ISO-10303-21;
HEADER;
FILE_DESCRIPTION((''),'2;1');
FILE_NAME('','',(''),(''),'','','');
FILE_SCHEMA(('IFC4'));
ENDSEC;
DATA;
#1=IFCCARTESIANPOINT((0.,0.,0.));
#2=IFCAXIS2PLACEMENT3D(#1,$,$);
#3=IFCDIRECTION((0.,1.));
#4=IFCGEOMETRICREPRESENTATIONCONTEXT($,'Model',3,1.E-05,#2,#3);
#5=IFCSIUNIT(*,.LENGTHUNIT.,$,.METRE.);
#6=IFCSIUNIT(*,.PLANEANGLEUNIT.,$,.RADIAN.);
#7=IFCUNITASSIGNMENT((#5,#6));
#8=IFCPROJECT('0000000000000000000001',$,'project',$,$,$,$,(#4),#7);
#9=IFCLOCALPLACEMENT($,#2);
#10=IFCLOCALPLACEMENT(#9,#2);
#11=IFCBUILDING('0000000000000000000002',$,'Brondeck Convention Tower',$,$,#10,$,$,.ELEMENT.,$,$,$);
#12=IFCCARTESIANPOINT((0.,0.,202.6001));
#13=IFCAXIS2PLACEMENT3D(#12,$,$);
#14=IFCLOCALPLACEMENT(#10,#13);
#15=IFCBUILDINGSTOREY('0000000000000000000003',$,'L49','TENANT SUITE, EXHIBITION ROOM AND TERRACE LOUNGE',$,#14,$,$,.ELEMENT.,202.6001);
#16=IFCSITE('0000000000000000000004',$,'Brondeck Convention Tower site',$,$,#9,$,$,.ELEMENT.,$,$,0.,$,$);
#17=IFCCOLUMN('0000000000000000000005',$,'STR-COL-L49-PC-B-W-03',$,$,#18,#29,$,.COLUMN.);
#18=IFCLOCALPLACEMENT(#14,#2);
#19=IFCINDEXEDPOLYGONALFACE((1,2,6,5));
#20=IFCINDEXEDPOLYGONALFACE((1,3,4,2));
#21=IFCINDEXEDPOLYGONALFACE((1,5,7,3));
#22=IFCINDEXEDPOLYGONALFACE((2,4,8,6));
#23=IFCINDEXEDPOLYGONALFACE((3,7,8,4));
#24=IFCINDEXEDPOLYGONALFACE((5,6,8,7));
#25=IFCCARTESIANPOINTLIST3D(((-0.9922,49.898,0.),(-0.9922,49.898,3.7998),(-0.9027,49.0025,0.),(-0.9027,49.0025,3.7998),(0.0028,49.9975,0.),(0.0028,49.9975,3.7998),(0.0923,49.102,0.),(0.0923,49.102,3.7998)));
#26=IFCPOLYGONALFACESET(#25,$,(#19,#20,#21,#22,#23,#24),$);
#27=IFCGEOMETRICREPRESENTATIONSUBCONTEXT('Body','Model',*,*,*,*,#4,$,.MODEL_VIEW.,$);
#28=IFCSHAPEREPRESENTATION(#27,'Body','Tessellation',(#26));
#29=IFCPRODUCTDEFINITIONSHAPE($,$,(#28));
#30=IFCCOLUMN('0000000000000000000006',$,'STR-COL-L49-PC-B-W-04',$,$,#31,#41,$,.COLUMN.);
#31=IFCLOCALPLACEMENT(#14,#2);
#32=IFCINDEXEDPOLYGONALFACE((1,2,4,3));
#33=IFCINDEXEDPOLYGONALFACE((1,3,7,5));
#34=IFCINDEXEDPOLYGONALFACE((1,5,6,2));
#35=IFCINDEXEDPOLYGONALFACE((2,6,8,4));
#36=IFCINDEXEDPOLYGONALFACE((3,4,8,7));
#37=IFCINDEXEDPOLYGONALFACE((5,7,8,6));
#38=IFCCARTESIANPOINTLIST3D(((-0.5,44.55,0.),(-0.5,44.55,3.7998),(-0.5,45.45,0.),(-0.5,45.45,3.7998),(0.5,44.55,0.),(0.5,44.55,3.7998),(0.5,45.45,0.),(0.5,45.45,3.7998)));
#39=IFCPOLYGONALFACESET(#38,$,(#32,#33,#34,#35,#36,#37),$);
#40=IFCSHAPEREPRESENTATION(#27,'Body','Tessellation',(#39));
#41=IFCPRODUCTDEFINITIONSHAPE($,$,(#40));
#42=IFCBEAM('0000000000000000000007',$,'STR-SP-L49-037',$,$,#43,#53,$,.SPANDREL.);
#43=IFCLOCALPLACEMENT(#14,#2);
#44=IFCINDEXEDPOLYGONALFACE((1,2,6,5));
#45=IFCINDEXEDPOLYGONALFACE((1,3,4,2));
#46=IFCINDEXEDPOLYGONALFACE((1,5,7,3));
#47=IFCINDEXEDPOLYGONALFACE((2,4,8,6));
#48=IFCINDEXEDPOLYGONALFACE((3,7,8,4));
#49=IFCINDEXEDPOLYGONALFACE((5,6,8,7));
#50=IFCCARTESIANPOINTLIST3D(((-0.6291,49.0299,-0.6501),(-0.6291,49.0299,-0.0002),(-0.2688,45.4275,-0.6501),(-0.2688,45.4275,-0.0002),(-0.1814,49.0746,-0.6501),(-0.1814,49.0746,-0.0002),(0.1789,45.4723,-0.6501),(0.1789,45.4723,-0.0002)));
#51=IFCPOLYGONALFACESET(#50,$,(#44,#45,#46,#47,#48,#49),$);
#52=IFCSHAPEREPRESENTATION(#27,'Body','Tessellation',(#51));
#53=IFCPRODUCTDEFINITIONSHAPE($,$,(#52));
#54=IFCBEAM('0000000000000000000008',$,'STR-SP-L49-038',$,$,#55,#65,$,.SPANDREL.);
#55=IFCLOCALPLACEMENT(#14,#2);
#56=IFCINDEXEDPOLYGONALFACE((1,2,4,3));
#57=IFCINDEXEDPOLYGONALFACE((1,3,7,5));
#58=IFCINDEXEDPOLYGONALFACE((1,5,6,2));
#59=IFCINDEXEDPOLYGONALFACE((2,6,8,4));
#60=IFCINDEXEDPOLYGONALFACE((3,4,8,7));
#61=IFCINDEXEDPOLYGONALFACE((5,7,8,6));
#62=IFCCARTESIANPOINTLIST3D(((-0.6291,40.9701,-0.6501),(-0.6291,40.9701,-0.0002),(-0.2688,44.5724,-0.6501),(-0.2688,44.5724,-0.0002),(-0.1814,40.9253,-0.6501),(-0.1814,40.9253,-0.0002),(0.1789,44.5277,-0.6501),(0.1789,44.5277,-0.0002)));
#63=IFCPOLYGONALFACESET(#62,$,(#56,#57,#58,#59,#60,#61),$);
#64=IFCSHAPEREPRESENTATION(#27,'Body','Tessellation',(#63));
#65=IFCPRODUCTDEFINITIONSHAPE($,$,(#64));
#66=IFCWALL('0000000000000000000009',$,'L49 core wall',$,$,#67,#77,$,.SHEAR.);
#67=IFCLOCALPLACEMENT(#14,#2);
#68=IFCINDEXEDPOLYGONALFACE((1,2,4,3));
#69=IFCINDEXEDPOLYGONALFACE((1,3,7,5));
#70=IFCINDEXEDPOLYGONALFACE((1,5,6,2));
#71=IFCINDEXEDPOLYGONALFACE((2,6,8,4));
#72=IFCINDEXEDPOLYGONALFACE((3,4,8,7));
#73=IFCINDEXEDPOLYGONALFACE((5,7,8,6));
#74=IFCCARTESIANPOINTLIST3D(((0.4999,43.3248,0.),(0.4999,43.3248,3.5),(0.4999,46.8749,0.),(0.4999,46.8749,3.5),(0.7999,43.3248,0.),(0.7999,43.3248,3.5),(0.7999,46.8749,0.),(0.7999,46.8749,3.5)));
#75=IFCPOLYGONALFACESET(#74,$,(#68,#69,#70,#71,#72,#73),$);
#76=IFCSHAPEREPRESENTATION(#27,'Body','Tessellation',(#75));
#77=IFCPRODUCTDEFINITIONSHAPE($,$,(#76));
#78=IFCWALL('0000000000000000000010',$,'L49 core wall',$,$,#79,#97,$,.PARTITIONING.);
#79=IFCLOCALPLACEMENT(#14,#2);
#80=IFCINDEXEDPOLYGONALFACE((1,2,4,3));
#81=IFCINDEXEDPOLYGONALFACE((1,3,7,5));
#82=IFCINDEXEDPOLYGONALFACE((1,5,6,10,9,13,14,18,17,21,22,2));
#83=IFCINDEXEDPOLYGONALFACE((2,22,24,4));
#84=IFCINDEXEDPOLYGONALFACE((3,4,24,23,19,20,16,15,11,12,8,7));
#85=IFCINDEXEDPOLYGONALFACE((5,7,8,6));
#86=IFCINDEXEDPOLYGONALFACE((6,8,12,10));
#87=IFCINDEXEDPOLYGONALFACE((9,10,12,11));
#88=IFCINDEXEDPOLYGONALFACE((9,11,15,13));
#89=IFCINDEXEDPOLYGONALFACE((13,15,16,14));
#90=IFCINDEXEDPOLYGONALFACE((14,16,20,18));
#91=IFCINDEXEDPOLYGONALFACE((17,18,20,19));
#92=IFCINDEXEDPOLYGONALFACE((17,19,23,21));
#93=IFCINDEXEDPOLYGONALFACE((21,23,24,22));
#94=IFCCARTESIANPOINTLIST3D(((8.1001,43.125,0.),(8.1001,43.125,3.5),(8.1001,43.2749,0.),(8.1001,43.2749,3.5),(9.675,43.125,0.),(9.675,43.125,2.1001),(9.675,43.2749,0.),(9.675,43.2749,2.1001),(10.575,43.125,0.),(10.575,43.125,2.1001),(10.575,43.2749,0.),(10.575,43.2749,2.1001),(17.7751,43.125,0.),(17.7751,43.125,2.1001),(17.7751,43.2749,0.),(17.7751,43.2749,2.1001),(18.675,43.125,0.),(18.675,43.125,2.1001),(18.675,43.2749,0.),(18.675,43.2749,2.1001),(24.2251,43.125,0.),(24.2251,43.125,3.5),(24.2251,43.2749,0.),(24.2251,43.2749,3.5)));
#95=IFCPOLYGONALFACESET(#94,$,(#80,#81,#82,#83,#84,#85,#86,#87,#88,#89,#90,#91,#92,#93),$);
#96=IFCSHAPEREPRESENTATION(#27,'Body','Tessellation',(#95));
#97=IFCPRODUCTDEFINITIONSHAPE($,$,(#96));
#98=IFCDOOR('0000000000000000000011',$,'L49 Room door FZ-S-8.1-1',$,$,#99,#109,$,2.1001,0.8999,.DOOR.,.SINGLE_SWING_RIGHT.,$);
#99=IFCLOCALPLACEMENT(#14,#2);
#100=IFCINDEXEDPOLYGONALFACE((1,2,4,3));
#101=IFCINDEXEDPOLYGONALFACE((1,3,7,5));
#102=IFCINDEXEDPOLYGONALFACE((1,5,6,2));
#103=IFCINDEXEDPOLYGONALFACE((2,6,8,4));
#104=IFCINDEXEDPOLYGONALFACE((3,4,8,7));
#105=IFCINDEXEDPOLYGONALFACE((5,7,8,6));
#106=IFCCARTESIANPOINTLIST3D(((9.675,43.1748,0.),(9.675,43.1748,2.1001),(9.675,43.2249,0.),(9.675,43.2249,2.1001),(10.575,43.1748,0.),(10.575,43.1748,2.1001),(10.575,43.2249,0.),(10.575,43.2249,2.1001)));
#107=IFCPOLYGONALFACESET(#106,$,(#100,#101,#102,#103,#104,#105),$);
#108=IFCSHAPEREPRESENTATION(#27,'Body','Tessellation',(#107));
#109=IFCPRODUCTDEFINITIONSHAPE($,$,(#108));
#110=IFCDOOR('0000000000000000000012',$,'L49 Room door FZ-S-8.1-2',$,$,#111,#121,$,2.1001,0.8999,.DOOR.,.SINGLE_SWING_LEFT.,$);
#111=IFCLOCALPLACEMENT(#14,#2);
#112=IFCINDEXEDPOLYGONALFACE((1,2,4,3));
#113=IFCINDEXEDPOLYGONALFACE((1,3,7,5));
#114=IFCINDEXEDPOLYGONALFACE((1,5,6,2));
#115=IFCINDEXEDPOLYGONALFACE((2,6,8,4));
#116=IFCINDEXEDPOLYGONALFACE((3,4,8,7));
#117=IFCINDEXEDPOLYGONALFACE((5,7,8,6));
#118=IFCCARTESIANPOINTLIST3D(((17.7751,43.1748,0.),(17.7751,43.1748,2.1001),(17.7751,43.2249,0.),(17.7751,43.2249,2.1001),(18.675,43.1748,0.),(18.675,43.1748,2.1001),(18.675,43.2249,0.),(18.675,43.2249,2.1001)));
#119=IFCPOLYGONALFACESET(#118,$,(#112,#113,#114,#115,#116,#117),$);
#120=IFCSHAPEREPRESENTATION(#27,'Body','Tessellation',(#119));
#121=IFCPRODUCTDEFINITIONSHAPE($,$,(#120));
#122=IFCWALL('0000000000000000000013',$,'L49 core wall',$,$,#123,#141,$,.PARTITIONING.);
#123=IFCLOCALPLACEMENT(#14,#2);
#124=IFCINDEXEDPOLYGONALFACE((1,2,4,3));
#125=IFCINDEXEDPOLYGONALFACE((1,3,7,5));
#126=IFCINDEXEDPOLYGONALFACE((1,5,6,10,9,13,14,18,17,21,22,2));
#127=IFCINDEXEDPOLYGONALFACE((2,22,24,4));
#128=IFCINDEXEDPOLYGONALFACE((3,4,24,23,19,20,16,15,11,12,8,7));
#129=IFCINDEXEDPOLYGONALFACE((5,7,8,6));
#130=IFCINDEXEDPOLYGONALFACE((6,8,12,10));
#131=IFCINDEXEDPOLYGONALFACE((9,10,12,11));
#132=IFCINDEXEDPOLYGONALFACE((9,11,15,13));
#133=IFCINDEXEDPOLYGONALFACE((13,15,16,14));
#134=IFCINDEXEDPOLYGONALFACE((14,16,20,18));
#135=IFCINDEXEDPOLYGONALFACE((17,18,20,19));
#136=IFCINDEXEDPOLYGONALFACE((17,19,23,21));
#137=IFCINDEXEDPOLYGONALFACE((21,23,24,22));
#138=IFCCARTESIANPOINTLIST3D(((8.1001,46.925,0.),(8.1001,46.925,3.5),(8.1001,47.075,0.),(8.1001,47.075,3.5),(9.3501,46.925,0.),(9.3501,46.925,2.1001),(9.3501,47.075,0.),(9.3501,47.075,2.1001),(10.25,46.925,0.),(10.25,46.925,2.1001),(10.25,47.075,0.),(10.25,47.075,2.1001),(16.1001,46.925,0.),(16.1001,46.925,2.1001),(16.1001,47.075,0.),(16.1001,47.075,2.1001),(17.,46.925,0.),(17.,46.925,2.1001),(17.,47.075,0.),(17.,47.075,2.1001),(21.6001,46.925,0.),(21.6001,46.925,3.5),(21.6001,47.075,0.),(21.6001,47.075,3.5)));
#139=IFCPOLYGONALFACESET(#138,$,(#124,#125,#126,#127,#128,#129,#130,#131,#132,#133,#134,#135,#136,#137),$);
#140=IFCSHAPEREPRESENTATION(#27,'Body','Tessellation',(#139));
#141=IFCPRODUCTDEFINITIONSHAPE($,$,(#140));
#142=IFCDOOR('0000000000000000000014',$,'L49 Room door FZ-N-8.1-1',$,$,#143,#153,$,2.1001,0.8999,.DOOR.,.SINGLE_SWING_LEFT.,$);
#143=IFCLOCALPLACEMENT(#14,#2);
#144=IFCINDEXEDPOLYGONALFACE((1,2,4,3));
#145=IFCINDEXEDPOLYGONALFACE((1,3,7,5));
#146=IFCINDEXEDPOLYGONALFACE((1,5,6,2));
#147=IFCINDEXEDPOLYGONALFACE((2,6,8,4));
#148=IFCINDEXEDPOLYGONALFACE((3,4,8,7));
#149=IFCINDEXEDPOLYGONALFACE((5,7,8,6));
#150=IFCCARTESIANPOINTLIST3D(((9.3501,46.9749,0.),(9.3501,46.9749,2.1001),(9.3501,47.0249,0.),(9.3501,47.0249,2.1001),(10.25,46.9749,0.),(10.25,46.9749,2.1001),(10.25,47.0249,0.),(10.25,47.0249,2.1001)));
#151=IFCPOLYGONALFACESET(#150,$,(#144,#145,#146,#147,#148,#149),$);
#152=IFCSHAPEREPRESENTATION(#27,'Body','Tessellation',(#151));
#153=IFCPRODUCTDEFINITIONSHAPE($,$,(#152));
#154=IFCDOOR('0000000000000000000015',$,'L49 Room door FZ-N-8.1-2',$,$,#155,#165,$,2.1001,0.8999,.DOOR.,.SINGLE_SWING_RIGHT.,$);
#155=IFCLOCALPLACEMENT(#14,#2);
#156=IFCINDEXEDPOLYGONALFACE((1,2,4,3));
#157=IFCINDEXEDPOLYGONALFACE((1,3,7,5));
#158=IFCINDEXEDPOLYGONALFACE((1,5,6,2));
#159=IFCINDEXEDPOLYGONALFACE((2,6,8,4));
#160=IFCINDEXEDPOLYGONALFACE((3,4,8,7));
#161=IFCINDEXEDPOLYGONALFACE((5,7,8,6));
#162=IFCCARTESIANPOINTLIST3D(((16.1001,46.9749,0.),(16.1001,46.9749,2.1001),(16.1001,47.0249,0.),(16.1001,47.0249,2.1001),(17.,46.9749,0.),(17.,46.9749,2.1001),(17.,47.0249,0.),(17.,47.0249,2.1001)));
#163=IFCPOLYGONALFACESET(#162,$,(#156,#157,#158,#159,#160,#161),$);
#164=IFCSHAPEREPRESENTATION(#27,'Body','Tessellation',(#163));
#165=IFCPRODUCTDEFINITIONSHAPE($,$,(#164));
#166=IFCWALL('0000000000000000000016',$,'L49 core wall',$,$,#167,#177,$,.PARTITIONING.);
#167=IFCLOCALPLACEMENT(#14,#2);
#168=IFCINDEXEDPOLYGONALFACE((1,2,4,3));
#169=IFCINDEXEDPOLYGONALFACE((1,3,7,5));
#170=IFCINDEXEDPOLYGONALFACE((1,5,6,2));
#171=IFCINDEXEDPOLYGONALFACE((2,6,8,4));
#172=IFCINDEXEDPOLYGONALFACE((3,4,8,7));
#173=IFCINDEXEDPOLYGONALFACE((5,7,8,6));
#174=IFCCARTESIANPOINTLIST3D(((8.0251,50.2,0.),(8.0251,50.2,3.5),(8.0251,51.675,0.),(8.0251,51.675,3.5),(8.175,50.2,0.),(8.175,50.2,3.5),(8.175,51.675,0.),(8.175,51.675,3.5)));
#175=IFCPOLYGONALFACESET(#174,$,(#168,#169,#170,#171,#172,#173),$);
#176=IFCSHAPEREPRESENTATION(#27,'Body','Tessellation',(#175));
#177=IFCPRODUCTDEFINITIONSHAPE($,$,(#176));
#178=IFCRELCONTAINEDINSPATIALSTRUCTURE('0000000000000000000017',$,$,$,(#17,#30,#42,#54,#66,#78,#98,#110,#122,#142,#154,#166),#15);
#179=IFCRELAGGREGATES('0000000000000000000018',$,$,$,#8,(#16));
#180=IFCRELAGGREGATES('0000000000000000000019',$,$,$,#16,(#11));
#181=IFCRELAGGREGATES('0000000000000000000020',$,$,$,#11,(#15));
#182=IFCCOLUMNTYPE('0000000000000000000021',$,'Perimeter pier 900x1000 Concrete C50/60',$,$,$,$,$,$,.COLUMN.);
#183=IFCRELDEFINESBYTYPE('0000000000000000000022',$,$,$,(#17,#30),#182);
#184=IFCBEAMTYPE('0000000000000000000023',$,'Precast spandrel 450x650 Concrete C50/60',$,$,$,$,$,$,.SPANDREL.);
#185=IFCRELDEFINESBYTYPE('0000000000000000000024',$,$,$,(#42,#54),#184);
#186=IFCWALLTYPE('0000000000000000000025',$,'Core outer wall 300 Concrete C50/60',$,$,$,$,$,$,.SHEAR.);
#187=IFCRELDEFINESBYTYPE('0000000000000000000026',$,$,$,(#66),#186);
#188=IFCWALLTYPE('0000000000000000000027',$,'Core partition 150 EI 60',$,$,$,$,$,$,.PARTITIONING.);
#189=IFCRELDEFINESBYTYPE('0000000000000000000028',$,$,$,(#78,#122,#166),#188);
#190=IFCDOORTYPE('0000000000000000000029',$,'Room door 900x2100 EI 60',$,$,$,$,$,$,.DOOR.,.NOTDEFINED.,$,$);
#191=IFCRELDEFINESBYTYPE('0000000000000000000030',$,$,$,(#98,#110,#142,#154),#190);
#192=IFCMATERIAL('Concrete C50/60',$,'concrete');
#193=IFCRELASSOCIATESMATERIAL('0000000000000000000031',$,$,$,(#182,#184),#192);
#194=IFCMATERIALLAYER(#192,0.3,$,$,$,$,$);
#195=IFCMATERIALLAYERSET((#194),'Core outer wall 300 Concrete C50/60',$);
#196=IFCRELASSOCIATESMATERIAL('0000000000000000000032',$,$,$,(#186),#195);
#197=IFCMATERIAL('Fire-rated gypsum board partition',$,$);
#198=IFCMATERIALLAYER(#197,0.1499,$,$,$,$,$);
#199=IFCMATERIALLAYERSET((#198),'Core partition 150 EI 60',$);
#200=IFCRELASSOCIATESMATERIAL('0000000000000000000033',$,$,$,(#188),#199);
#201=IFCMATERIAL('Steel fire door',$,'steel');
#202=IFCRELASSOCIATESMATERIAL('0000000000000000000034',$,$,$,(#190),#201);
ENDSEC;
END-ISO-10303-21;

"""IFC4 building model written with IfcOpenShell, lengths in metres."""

from ifc_helpers import new_model, si_unit, direction, frame, frame_2d, origin, origin_2d, place, context, subcontext, project, spatial, rectangle, extrude, material, layer, layer_set, material_profile, profile_set, type_object, element, fill, save


model = new_model("IFC4")

# Units and contexts
model_context = context("Model", 3, precision=1e-05, world=origin(), true_north=direction((0.0, 1.0)))
body_context = subcontext(model_context, "Body", "Model", "MODEL_VIEW")
ifc_project = project(units=[si_unit("LENGTHUNIT", "METRE"), si_unit("PLANEANGLEUNIT", "RADIAN")], contexts=[model_context])

# Site, building, storey
site_placement = place(None, origin())
site = spatial("IfcSite", under=ifc_project, at=site_placement, Name="Brondeck Convention Tower site", CompositionType="ELEMENT", RefElevation=0.0)
building_placement = place(site_placement, origin())
building = spatial("IfcBuilding", under=site, at=building_placement, Name="Brondeck Convention Tower", CompositionType="ELEMENT")
storey_placement = place(building_placement, frame((0.0, 0.0, 202.6001)))
storey = spatial("IfcBuildingStorey", under=building, at=storey_placement, Name="L49", Description="TENANT SUITE, EXHIBITION ROOM AND TERRACE LOUNGE", CompositionType="ELEMENT", Elevation=202.6001)

# Columns
ifc_material_1 = material(Name="Concrete C50/60", Category="concrete")
ifc_material_profile_1 = material_profile(ifc_material_1, rectangle(XDim=0.8999, YDim=1.0, at=origin_2d()), Name="Perimeter pier 900x1000 Concrete C50/60")
ifc_profile_set_1 = profile_set([ifc_material_profile_1], Name="Concrete C50/60")
column_type = type_object("IfcColumnType", Name="Perimeter pier 900x1000 Concrete C50/60", PredefinedType="COLUMN", material=ifc_profile_set_1)
for number, where, z_axis, x_axis, name in (
    (1, (-0.45, 49.5, 0.0), (0.0, 0.0, 1.0), (0.099504, -0.995037, 0.0), "STR-COL-L49-PC-B-W-03"),
    (2, (0.0, 45.0, 0.0), (0.0, 0.0, 1.0), (0.0, -1.0, 0.0), "STR-COL-L49-PC-B-W-04"),
):
    element("IfcColumn", number, at=place(storey_placement, frame(where, z_axis=z_axis, x_axis=x_axis)), inside=storey, type_object=column_type, Name=name, PredefinedType="COLUMN", context=body_context, shape_type="SweptSolid", body=[
        extrude(rectangle(XDim=0.8999, YDim=1.0, at=origin_2d()), origin(), (0.0, 0.0, 1.0), 3.7998),
    ])

# Beams
ifc_material_profile_2 = material_profile(ifc_material_1, rectangle(XDim=0.45, YDim=0.6499, at=origin_2d()), Name="Precast spandrel 450x650 Concrete C50/60")
ifc_profile_set_2 = profile_set([ifc_material_profile_2], Name="Concrete C50/60")
beam_type = type_object("IfcBeamType", Name="Precast spandrel 450x650 Concrete C50/60", PredefinedType="SPANDREL", material=ifc_profile_set_2)
for number, where, z_axis, x_axis, name in (
    (3, (-0.4053, 49.0522, -0.3252), (0.099537, -0.995034, 0.0), (0.995034, 0.099537, 0.0), "STR-SP-L49-037"),
    (4, (-0.0449, 44.55, -0.3252), (-0.099537, -0.995034, 0.0), (0.995034, -0.099537, 0.0), "STR-SP-L49-038"),
):
    element("IfcBeam", number, at=place(storey_placement, frame(where, z_axis=z_axis, x_axis=x_axis)), inside=storey, type_object=beam_type, Name=name, PredefinedType="SPANDREL", context=body_context, shape_type="SweptSolid", body=[
        extrude(rectangle(XDim=0.45, YDim=0.6499, at=origin_2d()), origin(), (0.0, 0.0, 1.0), 3.6204),
    ])

# Wall
ifc_layer_1 = layer(ifc_material_1, 0.3)
ifc_layer_set_1 = layer_set([ifc_layer_1], Name="Core outer wall 300 Concrete C50/60")
wall_type_1 = type_object("IfcWallType", Name="Core outer wall 300 Concrete C50/60", PredefinedType="SHEAR", material=ifc_layer_set_1)
wall_1_placement = place(storey_placement, frame((0.6499, 43.325, 0.0), z_axis=(0.0, 0.0, 1.0), x_axis=(0.0, 1.0, 0.0)))
element("IfcWall", 5, at=wall_1_placement, inside=storey, type_object=wall_type_1, Name="L49 core wall", PredefinedType="SHEAR", context=body_context, shape_type="SweptSolid", body=[
    extrude(rectangle(XDim=3.55, YDim=0.3, at=frame_2d((1.7749, 0.0))), origin(), (0.0, 0.0, 1.0), 3.5),
])

# Walls, openings, doors
ifc_material_2 = material(Name="Fire-rated gypsum board partition")
ifc_layer_2 = layer(ifc_material_2, 0.1499)
ifc_layer_set_2 = layer_set([ifc_layer_2], Name="Core partition 150 EI 60")
wall_type_2 = type_object("IfcWallType", Name="Core partition 150 EI 60", PredefinedType="PARTITIONING", material=ifc_layer_set_2)
wall_2_placement = place(storey_placement, frame((8.1001, 43.2, 0.0), z_axis=(0.0, 0.0, 1.0), x_axis=(1.0, 0.0, 0.0)))
wall_2 = element("IfcWall", 6, at=wall_2_placement, inside=storey, type_object=wall_type_2, Name="L49 core wall", PredefinedType="PARTITIONING", context=body_context, shape_type="SweptSolid", body=[
    extrude(rectangle(XDim=16.125, YDim=0.1499, at=frame_2d((8.0625, 0.0))), origin(), (0.0, 0.0, 1.0), 3.5),
])
opening_1_placement = place(wall_2_placement, frame((1.575, 0.0, 0.0)))
opening_1 = element("IfcOpeningElement", 7, at=opening_1_placement, cuts=wall_2, PredefinedType="OPENING", context=body_context, shape_type="SweptSolid", body=[
    extrude(rectangle(XDim=0.8999, YDim=2.1001, at=frame_2d((0.45, 1.05))), frame((0.0, 0.085, 0.0), z_axis=(0.0, -1.0, 0.0), x_axis=(1.0, 0.0, 0.0)), (0.0, 0.0, 1.0), 0.1699),
])
opening_2_placement = place(wall_2_placement, frame((9.675, 0.0, 0.0)))
opening_2 = element("IfcOpeningElement", 8, at=opening_2_placement, cuts=wall_2, PredefinedType="OPENING", context=body_context, shape_type="SweptSolid", body=[
    extrude(rectangle(XDim=0.8999, YDim=2.1001, at=frame_2d((0.45, 1.05))), frame((0.0, 0.085, 0.0), z_axis=(0.0, -1.0, 0.0), x_axis=(1.0, 0.0, 0.0)), (0.0, 0.0, 1.0), 0.1699),
])
ifc_material_3 = material(Name="Steel fire door", Category="steel")
door_type_1 = type_object("IfcDoorType", Name="Room door 900x2100 EI 60", OperationType="NOTDEFINED", PredefinedType="DOOR", material=ifc_material_3)
door_1_placement = place(opening_1_placement, origin())
door_1 = element("IfcDoor", 9, at=door_1_placement, inside=storey, type_object=door_type_1, Name="L49 Room door FZ-S-8.1-1", OperationType="SINGLE_SWING_RIGHT", OverallHeight=2.1001, OverallWidth=0.8999, PredefinedType="DOOR", context=body_context, shape_type="SweptSolid", body=[
    extrude(rectangle(XDim=0.8999, YDim=2.1001, at=frame_2d((0.45, 1.05))), frame((0.0, 0.0249, 0.0), z_axis=(0.0, -1.0, 0.0), x_axis=(1.0, 0.0, 0.0)), (0.0, 0.0, 1.0), 0.05),
])
fill(opening_1, door_1)
door_2_placement = place(opening_2_placement, origin())
door_2 = element("IfcDoor", 10, at=door_2_placement, inside=storey, type_object=door_type_1, Name="L49 Room door FZ-S-8.1-2", OperationType="SINGLE_SWING_LEFT", OverallHeight=2.1001, OverallWidth=0.8999, PredefinedType="DOOR", context=body_context, shape_type="SweptSolid", body=[
    extrude(rectangle(XDim=0.8999, YDim=2.1001, at=frame_2d((0.45, 1.05))), frame((0.0, 0.0249, 0.0), z_axis=(0.0, -1.0, 0.0), x_axis=(1.0, 0.0, 0.0)), (0.0, 0.0, 1.0), 0.05),
])
fill(opening_2, door_2)
wall_3_placement = place(storey_placement, frame((8.1001, 47.0, 0.0), z_axis=(0.0, 0.0, 1.0), x_axis=(1.0, 0.0, 0.0)))
wall_3 = element("IfcWall", 11, at=wall_3_placement, inside=storey, type_object=wall_type_2, Name="L49 core wall", PredefinedType="PARTITIONING", context=body_context, shape_type="SweptSolid", body=[
    extrude(rectangle(XDim=13.5, YDim=0.1499, at=frame_2d((6.75, 0.0))), origin(), (0.0, 0.0, 1.0), 3.5),
])
opening_3_placement = place(wall_3_placement, frame((1.25, 0.0, 0.0)))
opening_3 = element("IfcOpeningElement", 12, at=opening_3_placement, cuts=wall_3, PredefinedType="OPENING", context=body_context, shape_type="SweptSolid", body=[
    extrude(rectangle(XDim=0.8999, YDim=2.1001, at=frame_2d((0.45, 1.05))), frame((0.0, 0.085, 0.0), z_axis=(0.0, -1.0, 0.0), x_axis=(1.0, 0.0, 0.0)), (0.0, 0.0, 1.0), 0.1699),
])
opening_4_placement = place(wall_3_placement, frame((8.0, 0.0, 0.0)))
opening_4 = element("IfcOpeningElement", 13, at=opening_4_placement, cuts=wall_3, PredefinedType="OPENING", context=body_context, shape_type="SweptSolid", body=[
    extrude(rectangle(XDim=0.8999, YDim=2.1001, at=frame_2d((0.45, 1.05))), frame((0.0, 0.085, 0.0), z_axis=(0.0, -1.0, 0.0), x_axis=(1.0, 0.0, 0.0)), (0.0, 0.0, 1.0), 0.1699),
])
door_3_placement = place(opening_3_placement, origin())
door_3 = element("IfcDoor", 14, at=door_3_placement, inside=storey, type_object=door_type_1, Name="L49 Room door FZ-N-8.1-1", OperationType="SINGLE_SWING_LEFT", OverallHeight=2.1001, OverallWidth=0.8999, PredefinedType="DOOR", context=body_context, shape_type="SweptSolid", body=[
    extrude(rectangle(XDim=0.8999, YDim=2.1001, at=frame_2d((0.45, 1.05))), frame((0.0, 0.0249, 0.0), z_axis=(0.0, -1.0, 0.0), x_axis=(1.0, 0.0, 0.0)), (0.0, 0.0, 1.0), 0.05),
])
fill(opening_3, door_3)
door_4_placement = place(opening_4_placement, origin())
door_4 = element("IfcDoor", 15, at=door_4_placement, inside=storey, type_object=door_type_1, Name="L49 Room door FZ-N-8.1-2", OperationType="SINGLE_SWING_RIGHT", OverallHeight=2.1001, OverallWidth=0.8999, PredefinedType="DOOR", context=body_context, shape_type="SweptSolid", body=[
    extrude(rectangle(XDim=0.8999, YDim=2.1001, at=frame_2d((0.45, 1.05))), frame((0.0, 0.0249, 0.0), z_axis=(0.0, -1.0, 0.0), x_axis=(1.0, 0.0, 0.0)), (0.0, 0.0, 1.0), 0.05),
])
fill(opening_4, door_4)

# Wall
wall_4_placement = place(storey_placement, frame((8.1001, 50.2, 0.0), z_axis=(0.0, 0.0, 1.0), x_axis=(0.0, 1.0, 0.0)))
element("IfcWall", 16, at=wall_4_placement, inside=storey, type_object=wall_type_2, Name="L49 core wall", PredefinedType="PARTITIONING", context=body_context, shape_type="SweptSolid", body=[
    extrude(rectangle(XDim=1.4751, YDim=0.1499, at=frame_2d((0.7375, 0.0))), origin(), (0.0, 0.0, 1.0), 3.5),
])

save(model, "model.ifc")
